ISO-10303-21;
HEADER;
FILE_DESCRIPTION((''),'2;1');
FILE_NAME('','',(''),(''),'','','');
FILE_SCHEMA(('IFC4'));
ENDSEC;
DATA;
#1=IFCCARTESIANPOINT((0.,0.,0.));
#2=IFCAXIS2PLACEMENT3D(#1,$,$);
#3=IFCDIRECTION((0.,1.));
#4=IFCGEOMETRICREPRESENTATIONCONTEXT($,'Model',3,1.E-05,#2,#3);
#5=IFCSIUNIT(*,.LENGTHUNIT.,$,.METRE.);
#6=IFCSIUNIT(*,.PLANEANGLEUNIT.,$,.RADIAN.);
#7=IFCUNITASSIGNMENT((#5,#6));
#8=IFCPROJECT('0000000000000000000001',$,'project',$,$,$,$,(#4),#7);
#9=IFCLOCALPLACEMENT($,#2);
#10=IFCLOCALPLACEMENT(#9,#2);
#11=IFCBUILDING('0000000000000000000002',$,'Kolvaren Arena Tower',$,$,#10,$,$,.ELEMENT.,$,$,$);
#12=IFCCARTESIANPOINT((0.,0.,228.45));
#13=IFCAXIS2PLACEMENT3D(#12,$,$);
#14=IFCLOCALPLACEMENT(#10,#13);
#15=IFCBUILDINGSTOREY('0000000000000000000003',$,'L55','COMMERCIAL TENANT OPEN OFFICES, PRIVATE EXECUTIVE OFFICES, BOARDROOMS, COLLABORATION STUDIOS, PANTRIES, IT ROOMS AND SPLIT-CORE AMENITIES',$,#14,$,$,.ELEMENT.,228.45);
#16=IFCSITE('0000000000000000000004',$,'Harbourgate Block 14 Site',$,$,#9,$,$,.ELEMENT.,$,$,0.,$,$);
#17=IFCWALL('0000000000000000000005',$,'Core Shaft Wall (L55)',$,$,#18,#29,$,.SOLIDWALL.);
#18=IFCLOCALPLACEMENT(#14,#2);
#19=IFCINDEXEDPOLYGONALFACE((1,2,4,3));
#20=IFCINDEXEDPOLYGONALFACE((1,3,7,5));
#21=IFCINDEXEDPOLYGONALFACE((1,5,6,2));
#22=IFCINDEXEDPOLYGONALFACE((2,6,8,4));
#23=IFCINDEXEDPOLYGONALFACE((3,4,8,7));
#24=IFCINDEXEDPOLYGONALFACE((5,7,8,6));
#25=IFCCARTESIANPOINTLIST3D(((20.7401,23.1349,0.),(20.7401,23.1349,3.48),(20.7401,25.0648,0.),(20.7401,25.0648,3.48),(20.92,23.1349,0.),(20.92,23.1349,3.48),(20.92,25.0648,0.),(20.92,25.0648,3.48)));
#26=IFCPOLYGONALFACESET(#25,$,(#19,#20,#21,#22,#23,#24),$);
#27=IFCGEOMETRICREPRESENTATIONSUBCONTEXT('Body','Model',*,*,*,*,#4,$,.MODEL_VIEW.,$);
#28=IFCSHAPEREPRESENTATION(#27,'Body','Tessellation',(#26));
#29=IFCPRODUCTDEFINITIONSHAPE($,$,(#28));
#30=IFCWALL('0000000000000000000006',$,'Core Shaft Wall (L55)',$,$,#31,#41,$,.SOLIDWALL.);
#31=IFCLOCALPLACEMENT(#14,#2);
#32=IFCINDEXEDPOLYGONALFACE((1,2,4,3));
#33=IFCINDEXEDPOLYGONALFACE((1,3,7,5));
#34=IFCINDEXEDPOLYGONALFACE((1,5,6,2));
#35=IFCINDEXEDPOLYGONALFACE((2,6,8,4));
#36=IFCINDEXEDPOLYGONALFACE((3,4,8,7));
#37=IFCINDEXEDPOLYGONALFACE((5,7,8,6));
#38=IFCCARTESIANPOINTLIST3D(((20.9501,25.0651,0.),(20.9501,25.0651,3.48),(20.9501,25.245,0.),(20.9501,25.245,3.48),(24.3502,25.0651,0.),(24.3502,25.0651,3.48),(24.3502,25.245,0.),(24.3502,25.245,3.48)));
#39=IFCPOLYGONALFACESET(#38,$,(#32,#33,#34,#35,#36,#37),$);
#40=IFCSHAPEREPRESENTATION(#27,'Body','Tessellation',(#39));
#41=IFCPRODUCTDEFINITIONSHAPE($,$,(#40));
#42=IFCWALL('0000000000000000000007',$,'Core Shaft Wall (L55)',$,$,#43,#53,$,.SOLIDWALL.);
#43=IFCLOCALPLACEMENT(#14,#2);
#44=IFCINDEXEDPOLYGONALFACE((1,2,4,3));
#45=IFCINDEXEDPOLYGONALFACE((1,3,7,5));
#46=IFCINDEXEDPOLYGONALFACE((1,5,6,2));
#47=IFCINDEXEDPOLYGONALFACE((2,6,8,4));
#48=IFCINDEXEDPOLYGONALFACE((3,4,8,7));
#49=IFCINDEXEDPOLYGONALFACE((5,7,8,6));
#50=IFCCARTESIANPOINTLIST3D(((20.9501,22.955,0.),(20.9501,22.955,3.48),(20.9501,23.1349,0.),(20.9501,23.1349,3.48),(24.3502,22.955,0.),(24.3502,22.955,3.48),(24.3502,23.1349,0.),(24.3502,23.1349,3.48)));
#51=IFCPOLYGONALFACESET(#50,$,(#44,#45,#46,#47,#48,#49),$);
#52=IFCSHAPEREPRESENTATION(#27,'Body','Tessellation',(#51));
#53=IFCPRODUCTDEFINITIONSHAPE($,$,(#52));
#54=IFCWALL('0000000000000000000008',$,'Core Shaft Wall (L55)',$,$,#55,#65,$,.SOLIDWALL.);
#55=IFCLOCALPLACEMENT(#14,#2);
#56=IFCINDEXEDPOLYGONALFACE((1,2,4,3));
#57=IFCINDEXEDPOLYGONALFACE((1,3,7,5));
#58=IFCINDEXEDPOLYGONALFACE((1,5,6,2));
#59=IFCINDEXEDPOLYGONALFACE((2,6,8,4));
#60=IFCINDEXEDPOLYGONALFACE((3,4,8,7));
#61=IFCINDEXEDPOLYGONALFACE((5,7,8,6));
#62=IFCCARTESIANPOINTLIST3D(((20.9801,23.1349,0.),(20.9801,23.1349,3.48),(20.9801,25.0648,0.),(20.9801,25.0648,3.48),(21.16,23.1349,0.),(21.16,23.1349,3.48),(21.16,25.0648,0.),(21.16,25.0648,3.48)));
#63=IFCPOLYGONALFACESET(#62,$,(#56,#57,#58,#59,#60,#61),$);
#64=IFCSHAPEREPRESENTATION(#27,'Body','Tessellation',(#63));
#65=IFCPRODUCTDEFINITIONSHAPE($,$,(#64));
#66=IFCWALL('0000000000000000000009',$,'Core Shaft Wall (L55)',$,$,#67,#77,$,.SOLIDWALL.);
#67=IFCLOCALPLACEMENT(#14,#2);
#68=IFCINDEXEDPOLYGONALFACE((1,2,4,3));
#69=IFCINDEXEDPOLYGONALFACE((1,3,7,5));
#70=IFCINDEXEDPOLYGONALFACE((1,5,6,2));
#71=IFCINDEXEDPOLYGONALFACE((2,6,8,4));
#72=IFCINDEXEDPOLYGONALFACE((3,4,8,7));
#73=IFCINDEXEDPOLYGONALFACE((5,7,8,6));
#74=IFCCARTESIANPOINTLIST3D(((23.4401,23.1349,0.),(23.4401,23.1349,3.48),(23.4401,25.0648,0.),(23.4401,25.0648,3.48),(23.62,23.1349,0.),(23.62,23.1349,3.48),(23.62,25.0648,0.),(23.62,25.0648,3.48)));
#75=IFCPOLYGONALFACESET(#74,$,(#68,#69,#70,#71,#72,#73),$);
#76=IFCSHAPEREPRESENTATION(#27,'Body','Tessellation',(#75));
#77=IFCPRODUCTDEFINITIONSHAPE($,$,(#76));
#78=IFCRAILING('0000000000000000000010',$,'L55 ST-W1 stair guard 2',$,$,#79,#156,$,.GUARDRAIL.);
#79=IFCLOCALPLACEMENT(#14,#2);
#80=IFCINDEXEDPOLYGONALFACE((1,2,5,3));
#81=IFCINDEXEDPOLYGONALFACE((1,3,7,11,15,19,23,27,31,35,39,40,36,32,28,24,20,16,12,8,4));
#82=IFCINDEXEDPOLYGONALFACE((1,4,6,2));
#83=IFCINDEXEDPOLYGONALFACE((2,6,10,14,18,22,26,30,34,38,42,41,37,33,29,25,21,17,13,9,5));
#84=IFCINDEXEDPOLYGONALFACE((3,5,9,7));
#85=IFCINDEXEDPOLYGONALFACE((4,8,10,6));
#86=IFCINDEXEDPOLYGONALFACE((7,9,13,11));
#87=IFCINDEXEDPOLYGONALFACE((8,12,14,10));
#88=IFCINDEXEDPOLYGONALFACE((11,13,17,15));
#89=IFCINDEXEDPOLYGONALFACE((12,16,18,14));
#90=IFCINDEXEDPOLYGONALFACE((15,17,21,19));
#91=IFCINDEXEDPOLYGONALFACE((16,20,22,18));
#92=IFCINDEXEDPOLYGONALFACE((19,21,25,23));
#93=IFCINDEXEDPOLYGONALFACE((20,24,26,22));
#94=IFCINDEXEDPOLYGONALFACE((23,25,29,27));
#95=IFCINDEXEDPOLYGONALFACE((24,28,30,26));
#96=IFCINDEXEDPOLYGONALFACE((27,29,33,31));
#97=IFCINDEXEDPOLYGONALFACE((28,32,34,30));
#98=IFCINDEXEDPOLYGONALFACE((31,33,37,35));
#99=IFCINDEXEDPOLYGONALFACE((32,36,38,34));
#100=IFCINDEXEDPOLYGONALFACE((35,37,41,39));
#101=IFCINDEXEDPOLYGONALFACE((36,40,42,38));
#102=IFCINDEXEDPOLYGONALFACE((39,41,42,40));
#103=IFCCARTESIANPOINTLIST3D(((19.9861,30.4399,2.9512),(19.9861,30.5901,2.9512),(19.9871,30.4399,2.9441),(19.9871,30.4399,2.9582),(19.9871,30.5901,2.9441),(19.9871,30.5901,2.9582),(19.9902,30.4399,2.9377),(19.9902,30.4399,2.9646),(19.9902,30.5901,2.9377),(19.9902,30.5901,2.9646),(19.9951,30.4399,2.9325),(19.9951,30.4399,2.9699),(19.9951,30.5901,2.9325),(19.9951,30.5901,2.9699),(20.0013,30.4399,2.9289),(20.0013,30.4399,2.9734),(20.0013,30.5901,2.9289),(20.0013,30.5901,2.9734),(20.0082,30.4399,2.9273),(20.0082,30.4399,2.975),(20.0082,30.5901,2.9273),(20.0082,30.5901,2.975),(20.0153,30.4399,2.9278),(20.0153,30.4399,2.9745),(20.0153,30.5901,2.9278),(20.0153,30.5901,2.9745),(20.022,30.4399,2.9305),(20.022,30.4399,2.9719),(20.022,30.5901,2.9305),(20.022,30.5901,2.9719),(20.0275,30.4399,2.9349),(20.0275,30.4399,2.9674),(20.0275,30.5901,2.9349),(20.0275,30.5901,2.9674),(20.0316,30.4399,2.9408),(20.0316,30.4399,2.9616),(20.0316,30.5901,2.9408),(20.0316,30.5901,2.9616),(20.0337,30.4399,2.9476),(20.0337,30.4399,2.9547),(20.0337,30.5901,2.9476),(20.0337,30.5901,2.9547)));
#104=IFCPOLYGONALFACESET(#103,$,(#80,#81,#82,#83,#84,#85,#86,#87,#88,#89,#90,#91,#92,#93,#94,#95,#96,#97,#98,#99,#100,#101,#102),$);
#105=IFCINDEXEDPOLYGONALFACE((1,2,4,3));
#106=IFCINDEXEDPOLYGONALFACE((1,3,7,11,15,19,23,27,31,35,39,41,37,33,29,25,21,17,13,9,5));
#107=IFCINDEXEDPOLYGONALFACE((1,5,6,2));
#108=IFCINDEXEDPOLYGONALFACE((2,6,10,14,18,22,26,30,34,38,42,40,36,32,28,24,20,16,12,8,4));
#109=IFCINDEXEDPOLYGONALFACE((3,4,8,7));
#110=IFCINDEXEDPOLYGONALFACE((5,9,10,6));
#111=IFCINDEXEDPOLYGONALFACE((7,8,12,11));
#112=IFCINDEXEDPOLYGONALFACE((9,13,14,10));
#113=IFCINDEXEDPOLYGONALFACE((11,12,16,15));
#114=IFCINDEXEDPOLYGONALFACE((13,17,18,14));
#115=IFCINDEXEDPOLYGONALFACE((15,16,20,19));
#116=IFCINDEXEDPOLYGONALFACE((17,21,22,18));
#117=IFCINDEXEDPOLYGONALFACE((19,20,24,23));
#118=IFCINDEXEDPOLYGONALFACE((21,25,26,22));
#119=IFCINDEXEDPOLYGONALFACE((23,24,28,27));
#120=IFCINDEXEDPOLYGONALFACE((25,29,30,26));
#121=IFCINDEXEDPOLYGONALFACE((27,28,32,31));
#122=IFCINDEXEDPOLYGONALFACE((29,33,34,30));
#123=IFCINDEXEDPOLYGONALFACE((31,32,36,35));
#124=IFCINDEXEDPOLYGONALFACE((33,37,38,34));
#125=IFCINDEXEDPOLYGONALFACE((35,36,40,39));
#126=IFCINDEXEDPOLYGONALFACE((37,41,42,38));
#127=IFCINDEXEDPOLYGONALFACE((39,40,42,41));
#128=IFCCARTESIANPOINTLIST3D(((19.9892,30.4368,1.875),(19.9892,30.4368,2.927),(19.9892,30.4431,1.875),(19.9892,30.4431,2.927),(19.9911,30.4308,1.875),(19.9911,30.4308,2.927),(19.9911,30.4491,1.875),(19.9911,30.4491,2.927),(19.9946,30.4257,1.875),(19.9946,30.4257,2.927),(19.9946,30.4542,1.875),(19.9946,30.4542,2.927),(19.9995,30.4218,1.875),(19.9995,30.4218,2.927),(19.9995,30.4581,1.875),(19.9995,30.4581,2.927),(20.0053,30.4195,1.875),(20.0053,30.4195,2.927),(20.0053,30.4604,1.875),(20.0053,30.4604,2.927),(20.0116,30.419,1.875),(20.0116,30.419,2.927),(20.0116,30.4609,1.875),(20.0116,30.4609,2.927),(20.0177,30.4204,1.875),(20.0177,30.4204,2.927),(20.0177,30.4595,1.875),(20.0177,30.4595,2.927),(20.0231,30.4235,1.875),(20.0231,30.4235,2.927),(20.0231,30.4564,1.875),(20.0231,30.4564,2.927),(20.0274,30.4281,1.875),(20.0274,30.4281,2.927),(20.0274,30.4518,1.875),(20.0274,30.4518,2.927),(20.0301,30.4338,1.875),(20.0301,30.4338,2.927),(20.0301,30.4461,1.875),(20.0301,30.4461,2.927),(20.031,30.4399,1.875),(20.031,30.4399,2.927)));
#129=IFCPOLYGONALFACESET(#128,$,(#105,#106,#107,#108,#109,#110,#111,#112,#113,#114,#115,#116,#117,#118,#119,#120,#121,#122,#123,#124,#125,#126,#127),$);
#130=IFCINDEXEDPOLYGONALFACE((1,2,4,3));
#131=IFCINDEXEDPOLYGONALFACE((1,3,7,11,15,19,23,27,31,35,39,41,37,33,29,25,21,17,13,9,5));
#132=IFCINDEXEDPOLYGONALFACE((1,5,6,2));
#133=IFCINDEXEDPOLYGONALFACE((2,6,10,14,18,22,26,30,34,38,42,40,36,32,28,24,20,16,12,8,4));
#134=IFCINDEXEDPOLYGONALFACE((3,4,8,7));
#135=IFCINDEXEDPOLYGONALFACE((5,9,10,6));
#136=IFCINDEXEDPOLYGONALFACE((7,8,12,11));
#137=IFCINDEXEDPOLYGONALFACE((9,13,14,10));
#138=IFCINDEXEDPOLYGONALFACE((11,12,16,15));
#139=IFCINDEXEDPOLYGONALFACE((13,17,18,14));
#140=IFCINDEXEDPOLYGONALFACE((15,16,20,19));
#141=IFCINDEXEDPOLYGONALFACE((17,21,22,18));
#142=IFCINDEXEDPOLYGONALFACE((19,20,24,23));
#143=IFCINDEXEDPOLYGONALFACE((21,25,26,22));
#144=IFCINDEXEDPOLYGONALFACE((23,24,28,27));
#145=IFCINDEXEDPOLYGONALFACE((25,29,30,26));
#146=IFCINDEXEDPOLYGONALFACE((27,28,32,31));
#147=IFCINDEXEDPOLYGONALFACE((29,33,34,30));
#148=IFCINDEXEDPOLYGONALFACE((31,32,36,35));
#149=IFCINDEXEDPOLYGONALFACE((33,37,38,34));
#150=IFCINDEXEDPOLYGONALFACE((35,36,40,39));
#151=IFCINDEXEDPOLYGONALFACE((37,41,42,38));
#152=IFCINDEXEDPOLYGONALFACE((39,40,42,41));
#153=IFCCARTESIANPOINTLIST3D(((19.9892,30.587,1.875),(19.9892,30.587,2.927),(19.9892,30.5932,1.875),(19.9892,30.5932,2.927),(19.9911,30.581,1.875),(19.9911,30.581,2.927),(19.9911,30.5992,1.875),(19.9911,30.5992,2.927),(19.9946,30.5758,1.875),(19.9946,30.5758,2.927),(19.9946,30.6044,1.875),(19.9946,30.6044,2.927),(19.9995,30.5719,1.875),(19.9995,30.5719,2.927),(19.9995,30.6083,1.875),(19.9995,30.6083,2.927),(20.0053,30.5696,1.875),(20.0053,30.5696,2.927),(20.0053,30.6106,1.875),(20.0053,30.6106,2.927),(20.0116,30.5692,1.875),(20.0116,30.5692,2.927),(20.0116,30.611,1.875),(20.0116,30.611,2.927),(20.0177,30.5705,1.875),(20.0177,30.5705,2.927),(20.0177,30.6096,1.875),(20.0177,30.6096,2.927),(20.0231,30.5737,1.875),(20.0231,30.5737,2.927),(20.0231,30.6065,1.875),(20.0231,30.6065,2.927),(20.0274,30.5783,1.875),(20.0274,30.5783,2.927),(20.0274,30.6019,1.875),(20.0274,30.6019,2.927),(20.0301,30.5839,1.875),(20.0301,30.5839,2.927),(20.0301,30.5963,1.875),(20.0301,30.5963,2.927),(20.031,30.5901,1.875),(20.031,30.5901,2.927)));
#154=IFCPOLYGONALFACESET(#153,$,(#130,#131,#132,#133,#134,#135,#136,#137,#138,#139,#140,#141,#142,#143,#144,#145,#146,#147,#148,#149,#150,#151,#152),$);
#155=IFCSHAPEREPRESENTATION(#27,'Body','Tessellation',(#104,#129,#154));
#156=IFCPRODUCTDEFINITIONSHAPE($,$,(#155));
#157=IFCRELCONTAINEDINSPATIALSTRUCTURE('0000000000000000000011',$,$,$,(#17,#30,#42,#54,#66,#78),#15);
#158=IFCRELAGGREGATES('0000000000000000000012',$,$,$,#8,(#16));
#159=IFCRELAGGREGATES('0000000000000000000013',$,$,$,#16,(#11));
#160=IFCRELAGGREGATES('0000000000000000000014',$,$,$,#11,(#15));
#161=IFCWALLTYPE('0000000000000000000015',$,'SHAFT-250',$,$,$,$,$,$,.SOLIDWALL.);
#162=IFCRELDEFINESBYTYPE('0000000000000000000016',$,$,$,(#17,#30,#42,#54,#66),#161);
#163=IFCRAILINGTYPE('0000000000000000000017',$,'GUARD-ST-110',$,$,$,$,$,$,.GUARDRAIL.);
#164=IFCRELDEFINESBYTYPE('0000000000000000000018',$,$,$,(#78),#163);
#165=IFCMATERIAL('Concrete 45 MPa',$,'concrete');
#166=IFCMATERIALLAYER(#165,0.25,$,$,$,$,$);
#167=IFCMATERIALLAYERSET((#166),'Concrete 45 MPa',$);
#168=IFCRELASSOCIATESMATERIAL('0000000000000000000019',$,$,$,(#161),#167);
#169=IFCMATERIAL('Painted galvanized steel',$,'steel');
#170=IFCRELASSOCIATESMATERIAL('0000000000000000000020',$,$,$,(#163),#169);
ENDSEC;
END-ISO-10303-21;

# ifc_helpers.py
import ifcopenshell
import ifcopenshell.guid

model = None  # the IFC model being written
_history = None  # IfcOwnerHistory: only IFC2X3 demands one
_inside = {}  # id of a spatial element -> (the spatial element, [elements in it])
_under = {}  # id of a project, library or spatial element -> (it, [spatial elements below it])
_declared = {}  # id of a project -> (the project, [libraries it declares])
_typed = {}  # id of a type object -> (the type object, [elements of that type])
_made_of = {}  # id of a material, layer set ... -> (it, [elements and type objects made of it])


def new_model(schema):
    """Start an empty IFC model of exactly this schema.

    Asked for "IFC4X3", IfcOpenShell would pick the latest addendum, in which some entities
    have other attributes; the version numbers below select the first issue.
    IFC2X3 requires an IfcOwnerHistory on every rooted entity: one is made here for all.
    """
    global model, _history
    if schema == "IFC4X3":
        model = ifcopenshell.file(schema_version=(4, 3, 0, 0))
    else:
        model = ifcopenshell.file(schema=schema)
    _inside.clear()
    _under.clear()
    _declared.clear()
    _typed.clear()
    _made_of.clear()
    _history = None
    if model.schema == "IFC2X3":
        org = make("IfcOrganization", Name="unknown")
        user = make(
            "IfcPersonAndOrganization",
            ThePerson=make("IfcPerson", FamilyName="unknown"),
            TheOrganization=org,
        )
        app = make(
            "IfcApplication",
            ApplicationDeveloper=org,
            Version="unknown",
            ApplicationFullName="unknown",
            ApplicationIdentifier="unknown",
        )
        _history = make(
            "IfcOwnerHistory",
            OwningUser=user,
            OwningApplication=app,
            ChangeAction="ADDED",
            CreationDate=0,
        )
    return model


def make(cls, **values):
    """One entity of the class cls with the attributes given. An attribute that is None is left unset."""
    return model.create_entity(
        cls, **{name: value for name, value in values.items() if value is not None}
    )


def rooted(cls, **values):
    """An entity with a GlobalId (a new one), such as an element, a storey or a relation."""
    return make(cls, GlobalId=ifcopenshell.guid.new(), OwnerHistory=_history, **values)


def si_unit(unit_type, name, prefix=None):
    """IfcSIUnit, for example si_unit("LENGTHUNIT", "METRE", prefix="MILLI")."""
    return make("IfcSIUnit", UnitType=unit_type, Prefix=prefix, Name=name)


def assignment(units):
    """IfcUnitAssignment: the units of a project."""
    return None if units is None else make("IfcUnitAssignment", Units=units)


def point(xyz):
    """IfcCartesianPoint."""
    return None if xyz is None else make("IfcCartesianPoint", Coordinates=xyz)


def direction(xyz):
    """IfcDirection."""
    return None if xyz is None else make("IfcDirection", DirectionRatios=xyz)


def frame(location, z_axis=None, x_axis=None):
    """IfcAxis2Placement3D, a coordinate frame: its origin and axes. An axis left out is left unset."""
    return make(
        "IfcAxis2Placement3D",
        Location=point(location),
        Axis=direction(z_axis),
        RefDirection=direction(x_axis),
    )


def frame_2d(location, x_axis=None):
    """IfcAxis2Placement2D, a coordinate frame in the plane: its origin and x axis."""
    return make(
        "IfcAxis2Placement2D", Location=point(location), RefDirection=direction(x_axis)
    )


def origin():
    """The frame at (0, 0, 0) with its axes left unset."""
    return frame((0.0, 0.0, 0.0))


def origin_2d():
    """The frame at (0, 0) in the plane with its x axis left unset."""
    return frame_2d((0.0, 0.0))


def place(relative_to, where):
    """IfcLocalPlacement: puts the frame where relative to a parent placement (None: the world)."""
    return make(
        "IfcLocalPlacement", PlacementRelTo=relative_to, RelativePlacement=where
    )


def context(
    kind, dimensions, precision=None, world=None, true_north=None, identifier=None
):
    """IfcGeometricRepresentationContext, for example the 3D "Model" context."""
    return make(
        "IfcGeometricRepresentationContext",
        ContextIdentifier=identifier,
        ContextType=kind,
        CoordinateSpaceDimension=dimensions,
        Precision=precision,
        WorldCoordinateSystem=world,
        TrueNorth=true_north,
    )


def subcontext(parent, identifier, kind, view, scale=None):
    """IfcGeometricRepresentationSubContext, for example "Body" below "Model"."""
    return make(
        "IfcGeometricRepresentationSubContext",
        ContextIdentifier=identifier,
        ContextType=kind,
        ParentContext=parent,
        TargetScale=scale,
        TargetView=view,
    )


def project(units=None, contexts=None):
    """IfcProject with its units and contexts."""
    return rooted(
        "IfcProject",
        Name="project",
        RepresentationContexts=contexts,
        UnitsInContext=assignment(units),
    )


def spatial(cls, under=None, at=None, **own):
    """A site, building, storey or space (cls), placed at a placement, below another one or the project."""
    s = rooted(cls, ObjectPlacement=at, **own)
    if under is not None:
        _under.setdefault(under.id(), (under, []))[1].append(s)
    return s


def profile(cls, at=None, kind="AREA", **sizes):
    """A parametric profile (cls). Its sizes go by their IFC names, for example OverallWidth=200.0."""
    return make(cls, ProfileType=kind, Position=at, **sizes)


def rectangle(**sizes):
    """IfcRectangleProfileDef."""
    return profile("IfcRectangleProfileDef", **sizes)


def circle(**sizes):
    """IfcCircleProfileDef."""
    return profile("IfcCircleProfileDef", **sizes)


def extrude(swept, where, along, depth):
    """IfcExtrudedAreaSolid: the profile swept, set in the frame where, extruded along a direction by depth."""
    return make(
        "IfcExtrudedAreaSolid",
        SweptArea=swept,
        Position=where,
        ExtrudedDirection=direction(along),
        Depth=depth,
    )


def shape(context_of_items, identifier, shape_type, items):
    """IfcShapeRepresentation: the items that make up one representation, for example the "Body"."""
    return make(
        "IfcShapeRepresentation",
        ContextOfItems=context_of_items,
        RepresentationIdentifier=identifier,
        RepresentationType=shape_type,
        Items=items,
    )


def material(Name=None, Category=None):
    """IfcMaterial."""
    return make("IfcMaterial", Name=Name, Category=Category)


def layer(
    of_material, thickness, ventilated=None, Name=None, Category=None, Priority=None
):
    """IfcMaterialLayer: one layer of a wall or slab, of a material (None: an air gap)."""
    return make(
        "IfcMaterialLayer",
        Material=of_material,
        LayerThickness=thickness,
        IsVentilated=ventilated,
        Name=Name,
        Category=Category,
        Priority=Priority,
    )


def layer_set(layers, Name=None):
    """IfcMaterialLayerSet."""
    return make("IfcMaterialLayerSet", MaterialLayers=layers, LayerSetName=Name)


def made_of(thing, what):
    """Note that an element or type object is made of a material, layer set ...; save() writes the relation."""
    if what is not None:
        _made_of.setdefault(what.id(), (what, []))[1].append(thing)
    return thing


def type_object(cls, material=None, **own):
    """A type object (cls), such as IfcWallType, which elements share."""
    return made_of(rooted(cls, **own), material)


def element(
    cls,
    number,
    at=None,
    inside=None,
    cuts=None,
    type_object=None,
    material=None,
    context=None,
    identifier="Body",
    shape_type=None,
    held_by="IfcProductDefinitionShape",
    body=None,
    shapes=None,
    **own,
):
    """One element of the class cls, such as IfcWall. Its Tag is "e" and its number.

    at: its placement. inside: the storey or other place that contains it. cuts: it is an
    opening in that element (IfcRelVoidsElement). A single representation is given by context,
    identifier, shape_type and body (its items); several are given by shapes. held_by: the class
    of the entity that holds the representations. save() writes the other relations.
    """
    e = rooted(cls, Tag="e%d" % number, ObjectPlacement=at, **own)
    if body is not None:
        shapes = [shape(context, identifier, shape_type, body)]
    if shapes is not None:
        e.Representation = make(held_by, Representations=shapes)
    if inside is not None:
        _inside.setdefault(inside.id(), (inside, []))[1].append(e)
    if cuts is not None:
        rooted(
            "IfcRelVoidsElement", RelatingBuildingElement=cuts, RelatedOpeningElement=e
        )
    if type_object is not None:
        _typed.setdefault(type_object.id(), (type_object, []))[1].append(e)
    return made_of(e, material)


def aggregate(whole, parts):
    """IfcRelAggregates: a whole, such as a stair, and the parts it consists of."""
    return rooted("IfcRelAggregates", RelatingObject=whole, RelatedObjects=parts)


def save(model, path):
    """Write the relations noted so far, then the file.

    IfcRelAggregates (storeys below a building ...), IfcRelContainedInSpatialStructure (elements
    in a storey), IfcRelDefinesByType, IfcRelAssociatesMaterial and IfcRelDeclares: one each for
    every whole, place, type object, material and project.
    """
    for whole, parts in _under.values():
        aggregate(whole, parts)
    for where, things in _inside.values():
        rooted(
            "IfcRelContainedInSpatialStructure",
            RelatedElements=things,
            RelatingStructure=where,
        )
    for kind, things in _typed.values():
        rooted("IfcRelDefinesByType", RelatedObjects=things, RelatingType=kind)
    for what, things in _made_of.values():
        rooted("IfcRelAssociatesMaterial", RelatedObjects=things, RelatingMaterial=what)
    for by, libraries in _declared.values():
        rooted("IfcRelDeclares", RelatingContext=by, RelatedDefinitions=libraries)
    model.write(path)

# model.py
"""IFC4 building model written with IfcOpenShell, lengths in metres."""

from ifc_helpers import new_model, si_unit, direction, frame, frame_2d, origin, origin_2d, place, context, subcontext, project, spatial, rectangle, circle, extrude, material, layer, layer_set, type_object, element, save


model = new_model("IFC4")

# Units and contexts
model_context = context("Model", 3, precision=1e-05, world=origin(), true_north=direction((0.0, 1.0)))
body_context = subcontext(model_context, "Body", "Model", "MODEL_VIEW")
ifc_project = project(units=[si_unit("LENGTHUNIT", "METRE"), si_unit("PLANEANGLEUNIT", "RADIAN")], contexts=[model_context])

# Site, building, storey
site_placement = place(None, origin())
site = spatial("IfcSite", under=ifc_project, at=site_placement, Name="Harbourgate Block 14 Site", CompositionType="ELEMENT", RefElevation=0.0)
building_placement = place(site_placement, origin())
building = spatial("IfcBuilding", under=site, at=building_placement, Name="Kolvaren Arena Tower", CompositionType="ELEMENT")
storey_placement = place(building_placement, frame((0.0, 0.0, 228.45)))
storey = spatial("IfcBuildingStorey", under=building, at=storey_placement, Name="L55", Description="COMMERCIAL TENANT OPEN OFFICES, PRIVATE EXECUTIVE OFFICES, BOARDROOMS, COLLABORATION STUDIOS, PANTRIES, IT ROOMS AND SPLIT-CORE AMENITIES", CompositionType="ELEMENT", Elevation=228.45)

# Shared definitions
ifc_material_1 = material(Name="Concrete 45 MPa", Category="concrete")
ifc_layer_1 = layer(ifc_material_1, 0.25)
ifc_layer_set_1 = layer_set([ifc_layer_1], Name="Concrete 45 MPa")
wall_type_1 = type_object("IfcWallType", Name="SHAFT-250", PredefinedType="SOLIDWALL", material=ifc_layer_set_1)

# Walls
wall_1_placement = place(storey_placement, frame((20.8301, 23.135, 0.0), z_axis=(0.0, 0.0, 1.0), x_axis=(0.0, 1.0, 0.0)))
element("IfcWall", 1, at=wall_1_placement, inside=storey, type_object=wall_type_1, Name="Core Shaft Wall (L55)", PredefinedType="SOLIDWALL", context=body_context, shape_type="SweptSolid", body=[
    extrude(rectangle(XDim=1.9299, YDim=0.1799, at=frame_2d((0.9648, 0.0))), origin(), (0.0, 0.0, 1.0), 3.48),
])
for number, where, z_axis, x_axis, name in (
    (2, (20.95, 25.155, 0.0), (0.0, 0.0, 1.0), (1.0, 0.0, 0.0), "Core Shaft Wall (L55)"),
    (3, (20.95, 23.0449, 0.0), (0.0, 0.0, 1.0), (1.0, 0.0, 0.0), "Core Shaft Wall (L55)"),
):
    element("IfcWall", number, at=place(storey_placement, frame(where, z_axis=z_axis, x_axis=x_axis)), inside=storey, type_object=wall_type_1, Name=name, PredefinedType="SOLIDWALL", context=body_context, shape_type="SweptSolid", body=[
        extrude(rectangle(XDim=3.4001, YDim=0.1799, at=frame_2d((1.7002, 0.0))), origin(), (0.0, 0.0, 1.0), 3.48),
    ])
for number, where, z_axis, x_axis, name in (
    (4, (21.0701, 23.135, 0.0), (0.0, 0.0, 1.0), (0.0, 1.0, 0.0), "Core Shaft Wall (L55)"),
    (5, (23.53, 23.135, 0.0), (0.0, 0.0, 1.0), (0.0, 1.0, 0.0), "Core Shaft Wall (L55)"),
):
    element("IfcWall", number, at=place(storey_placement, frame(where, z_axis=z_axis, x_axis=x_axis)), inside=storey, type_object=wall_type_1, Name=name, PredefinedType="SOLIDWALL", context=body_context, shape_type="SweptSolid", body=[
        extrude(rectangle(XDim=1.9299, YDim=0.1799, at=frame_2d((0.9648, 0.0))), origin(), (0.0, 0.0, 1.0), 3.48),
    ])

# Railing
ifc_material_2 = material(Name="Painted galvanized steel", Category="steel")
railing_type = type_object("IfcRailingType", Name="GUARD-ST-110", PredefinedType="GUARDRAIL", material=ifc_material_2)
railing_placement = place(storey_placement, frame((20.01, 30.4399, 1.875)))
element("IfcRailing", 6, at=railing_placement, inside=storey, type_object=railing_type, Name="L55 ST-W1 stair guard 2", PredefinedType="GUARDRAIL", context=body_context, shape_type="SweptSolid", body=[
    extrude(circle(Radius=0.0239, at=origin_2d()), frame((0.0, 0.0, 1.0762), z_axis=(0.0, 1.0, 0.0), x_axis=(-1.0, 0.0, 0.0)), (0.0, 0.0, 1.0), 0.1501),
    extrude(circle(Radius=0.021, at=origin_2d()), origin(), (0.0, 0.0, 1.0), 1.052),
    extrude(circle(Radius=0.021, at=origin_2d()), frame((0.0, 0.1501, 0.0)), (0.0, 0.0, 1.0), 1.052),
])

save(model, "model.ifc")
